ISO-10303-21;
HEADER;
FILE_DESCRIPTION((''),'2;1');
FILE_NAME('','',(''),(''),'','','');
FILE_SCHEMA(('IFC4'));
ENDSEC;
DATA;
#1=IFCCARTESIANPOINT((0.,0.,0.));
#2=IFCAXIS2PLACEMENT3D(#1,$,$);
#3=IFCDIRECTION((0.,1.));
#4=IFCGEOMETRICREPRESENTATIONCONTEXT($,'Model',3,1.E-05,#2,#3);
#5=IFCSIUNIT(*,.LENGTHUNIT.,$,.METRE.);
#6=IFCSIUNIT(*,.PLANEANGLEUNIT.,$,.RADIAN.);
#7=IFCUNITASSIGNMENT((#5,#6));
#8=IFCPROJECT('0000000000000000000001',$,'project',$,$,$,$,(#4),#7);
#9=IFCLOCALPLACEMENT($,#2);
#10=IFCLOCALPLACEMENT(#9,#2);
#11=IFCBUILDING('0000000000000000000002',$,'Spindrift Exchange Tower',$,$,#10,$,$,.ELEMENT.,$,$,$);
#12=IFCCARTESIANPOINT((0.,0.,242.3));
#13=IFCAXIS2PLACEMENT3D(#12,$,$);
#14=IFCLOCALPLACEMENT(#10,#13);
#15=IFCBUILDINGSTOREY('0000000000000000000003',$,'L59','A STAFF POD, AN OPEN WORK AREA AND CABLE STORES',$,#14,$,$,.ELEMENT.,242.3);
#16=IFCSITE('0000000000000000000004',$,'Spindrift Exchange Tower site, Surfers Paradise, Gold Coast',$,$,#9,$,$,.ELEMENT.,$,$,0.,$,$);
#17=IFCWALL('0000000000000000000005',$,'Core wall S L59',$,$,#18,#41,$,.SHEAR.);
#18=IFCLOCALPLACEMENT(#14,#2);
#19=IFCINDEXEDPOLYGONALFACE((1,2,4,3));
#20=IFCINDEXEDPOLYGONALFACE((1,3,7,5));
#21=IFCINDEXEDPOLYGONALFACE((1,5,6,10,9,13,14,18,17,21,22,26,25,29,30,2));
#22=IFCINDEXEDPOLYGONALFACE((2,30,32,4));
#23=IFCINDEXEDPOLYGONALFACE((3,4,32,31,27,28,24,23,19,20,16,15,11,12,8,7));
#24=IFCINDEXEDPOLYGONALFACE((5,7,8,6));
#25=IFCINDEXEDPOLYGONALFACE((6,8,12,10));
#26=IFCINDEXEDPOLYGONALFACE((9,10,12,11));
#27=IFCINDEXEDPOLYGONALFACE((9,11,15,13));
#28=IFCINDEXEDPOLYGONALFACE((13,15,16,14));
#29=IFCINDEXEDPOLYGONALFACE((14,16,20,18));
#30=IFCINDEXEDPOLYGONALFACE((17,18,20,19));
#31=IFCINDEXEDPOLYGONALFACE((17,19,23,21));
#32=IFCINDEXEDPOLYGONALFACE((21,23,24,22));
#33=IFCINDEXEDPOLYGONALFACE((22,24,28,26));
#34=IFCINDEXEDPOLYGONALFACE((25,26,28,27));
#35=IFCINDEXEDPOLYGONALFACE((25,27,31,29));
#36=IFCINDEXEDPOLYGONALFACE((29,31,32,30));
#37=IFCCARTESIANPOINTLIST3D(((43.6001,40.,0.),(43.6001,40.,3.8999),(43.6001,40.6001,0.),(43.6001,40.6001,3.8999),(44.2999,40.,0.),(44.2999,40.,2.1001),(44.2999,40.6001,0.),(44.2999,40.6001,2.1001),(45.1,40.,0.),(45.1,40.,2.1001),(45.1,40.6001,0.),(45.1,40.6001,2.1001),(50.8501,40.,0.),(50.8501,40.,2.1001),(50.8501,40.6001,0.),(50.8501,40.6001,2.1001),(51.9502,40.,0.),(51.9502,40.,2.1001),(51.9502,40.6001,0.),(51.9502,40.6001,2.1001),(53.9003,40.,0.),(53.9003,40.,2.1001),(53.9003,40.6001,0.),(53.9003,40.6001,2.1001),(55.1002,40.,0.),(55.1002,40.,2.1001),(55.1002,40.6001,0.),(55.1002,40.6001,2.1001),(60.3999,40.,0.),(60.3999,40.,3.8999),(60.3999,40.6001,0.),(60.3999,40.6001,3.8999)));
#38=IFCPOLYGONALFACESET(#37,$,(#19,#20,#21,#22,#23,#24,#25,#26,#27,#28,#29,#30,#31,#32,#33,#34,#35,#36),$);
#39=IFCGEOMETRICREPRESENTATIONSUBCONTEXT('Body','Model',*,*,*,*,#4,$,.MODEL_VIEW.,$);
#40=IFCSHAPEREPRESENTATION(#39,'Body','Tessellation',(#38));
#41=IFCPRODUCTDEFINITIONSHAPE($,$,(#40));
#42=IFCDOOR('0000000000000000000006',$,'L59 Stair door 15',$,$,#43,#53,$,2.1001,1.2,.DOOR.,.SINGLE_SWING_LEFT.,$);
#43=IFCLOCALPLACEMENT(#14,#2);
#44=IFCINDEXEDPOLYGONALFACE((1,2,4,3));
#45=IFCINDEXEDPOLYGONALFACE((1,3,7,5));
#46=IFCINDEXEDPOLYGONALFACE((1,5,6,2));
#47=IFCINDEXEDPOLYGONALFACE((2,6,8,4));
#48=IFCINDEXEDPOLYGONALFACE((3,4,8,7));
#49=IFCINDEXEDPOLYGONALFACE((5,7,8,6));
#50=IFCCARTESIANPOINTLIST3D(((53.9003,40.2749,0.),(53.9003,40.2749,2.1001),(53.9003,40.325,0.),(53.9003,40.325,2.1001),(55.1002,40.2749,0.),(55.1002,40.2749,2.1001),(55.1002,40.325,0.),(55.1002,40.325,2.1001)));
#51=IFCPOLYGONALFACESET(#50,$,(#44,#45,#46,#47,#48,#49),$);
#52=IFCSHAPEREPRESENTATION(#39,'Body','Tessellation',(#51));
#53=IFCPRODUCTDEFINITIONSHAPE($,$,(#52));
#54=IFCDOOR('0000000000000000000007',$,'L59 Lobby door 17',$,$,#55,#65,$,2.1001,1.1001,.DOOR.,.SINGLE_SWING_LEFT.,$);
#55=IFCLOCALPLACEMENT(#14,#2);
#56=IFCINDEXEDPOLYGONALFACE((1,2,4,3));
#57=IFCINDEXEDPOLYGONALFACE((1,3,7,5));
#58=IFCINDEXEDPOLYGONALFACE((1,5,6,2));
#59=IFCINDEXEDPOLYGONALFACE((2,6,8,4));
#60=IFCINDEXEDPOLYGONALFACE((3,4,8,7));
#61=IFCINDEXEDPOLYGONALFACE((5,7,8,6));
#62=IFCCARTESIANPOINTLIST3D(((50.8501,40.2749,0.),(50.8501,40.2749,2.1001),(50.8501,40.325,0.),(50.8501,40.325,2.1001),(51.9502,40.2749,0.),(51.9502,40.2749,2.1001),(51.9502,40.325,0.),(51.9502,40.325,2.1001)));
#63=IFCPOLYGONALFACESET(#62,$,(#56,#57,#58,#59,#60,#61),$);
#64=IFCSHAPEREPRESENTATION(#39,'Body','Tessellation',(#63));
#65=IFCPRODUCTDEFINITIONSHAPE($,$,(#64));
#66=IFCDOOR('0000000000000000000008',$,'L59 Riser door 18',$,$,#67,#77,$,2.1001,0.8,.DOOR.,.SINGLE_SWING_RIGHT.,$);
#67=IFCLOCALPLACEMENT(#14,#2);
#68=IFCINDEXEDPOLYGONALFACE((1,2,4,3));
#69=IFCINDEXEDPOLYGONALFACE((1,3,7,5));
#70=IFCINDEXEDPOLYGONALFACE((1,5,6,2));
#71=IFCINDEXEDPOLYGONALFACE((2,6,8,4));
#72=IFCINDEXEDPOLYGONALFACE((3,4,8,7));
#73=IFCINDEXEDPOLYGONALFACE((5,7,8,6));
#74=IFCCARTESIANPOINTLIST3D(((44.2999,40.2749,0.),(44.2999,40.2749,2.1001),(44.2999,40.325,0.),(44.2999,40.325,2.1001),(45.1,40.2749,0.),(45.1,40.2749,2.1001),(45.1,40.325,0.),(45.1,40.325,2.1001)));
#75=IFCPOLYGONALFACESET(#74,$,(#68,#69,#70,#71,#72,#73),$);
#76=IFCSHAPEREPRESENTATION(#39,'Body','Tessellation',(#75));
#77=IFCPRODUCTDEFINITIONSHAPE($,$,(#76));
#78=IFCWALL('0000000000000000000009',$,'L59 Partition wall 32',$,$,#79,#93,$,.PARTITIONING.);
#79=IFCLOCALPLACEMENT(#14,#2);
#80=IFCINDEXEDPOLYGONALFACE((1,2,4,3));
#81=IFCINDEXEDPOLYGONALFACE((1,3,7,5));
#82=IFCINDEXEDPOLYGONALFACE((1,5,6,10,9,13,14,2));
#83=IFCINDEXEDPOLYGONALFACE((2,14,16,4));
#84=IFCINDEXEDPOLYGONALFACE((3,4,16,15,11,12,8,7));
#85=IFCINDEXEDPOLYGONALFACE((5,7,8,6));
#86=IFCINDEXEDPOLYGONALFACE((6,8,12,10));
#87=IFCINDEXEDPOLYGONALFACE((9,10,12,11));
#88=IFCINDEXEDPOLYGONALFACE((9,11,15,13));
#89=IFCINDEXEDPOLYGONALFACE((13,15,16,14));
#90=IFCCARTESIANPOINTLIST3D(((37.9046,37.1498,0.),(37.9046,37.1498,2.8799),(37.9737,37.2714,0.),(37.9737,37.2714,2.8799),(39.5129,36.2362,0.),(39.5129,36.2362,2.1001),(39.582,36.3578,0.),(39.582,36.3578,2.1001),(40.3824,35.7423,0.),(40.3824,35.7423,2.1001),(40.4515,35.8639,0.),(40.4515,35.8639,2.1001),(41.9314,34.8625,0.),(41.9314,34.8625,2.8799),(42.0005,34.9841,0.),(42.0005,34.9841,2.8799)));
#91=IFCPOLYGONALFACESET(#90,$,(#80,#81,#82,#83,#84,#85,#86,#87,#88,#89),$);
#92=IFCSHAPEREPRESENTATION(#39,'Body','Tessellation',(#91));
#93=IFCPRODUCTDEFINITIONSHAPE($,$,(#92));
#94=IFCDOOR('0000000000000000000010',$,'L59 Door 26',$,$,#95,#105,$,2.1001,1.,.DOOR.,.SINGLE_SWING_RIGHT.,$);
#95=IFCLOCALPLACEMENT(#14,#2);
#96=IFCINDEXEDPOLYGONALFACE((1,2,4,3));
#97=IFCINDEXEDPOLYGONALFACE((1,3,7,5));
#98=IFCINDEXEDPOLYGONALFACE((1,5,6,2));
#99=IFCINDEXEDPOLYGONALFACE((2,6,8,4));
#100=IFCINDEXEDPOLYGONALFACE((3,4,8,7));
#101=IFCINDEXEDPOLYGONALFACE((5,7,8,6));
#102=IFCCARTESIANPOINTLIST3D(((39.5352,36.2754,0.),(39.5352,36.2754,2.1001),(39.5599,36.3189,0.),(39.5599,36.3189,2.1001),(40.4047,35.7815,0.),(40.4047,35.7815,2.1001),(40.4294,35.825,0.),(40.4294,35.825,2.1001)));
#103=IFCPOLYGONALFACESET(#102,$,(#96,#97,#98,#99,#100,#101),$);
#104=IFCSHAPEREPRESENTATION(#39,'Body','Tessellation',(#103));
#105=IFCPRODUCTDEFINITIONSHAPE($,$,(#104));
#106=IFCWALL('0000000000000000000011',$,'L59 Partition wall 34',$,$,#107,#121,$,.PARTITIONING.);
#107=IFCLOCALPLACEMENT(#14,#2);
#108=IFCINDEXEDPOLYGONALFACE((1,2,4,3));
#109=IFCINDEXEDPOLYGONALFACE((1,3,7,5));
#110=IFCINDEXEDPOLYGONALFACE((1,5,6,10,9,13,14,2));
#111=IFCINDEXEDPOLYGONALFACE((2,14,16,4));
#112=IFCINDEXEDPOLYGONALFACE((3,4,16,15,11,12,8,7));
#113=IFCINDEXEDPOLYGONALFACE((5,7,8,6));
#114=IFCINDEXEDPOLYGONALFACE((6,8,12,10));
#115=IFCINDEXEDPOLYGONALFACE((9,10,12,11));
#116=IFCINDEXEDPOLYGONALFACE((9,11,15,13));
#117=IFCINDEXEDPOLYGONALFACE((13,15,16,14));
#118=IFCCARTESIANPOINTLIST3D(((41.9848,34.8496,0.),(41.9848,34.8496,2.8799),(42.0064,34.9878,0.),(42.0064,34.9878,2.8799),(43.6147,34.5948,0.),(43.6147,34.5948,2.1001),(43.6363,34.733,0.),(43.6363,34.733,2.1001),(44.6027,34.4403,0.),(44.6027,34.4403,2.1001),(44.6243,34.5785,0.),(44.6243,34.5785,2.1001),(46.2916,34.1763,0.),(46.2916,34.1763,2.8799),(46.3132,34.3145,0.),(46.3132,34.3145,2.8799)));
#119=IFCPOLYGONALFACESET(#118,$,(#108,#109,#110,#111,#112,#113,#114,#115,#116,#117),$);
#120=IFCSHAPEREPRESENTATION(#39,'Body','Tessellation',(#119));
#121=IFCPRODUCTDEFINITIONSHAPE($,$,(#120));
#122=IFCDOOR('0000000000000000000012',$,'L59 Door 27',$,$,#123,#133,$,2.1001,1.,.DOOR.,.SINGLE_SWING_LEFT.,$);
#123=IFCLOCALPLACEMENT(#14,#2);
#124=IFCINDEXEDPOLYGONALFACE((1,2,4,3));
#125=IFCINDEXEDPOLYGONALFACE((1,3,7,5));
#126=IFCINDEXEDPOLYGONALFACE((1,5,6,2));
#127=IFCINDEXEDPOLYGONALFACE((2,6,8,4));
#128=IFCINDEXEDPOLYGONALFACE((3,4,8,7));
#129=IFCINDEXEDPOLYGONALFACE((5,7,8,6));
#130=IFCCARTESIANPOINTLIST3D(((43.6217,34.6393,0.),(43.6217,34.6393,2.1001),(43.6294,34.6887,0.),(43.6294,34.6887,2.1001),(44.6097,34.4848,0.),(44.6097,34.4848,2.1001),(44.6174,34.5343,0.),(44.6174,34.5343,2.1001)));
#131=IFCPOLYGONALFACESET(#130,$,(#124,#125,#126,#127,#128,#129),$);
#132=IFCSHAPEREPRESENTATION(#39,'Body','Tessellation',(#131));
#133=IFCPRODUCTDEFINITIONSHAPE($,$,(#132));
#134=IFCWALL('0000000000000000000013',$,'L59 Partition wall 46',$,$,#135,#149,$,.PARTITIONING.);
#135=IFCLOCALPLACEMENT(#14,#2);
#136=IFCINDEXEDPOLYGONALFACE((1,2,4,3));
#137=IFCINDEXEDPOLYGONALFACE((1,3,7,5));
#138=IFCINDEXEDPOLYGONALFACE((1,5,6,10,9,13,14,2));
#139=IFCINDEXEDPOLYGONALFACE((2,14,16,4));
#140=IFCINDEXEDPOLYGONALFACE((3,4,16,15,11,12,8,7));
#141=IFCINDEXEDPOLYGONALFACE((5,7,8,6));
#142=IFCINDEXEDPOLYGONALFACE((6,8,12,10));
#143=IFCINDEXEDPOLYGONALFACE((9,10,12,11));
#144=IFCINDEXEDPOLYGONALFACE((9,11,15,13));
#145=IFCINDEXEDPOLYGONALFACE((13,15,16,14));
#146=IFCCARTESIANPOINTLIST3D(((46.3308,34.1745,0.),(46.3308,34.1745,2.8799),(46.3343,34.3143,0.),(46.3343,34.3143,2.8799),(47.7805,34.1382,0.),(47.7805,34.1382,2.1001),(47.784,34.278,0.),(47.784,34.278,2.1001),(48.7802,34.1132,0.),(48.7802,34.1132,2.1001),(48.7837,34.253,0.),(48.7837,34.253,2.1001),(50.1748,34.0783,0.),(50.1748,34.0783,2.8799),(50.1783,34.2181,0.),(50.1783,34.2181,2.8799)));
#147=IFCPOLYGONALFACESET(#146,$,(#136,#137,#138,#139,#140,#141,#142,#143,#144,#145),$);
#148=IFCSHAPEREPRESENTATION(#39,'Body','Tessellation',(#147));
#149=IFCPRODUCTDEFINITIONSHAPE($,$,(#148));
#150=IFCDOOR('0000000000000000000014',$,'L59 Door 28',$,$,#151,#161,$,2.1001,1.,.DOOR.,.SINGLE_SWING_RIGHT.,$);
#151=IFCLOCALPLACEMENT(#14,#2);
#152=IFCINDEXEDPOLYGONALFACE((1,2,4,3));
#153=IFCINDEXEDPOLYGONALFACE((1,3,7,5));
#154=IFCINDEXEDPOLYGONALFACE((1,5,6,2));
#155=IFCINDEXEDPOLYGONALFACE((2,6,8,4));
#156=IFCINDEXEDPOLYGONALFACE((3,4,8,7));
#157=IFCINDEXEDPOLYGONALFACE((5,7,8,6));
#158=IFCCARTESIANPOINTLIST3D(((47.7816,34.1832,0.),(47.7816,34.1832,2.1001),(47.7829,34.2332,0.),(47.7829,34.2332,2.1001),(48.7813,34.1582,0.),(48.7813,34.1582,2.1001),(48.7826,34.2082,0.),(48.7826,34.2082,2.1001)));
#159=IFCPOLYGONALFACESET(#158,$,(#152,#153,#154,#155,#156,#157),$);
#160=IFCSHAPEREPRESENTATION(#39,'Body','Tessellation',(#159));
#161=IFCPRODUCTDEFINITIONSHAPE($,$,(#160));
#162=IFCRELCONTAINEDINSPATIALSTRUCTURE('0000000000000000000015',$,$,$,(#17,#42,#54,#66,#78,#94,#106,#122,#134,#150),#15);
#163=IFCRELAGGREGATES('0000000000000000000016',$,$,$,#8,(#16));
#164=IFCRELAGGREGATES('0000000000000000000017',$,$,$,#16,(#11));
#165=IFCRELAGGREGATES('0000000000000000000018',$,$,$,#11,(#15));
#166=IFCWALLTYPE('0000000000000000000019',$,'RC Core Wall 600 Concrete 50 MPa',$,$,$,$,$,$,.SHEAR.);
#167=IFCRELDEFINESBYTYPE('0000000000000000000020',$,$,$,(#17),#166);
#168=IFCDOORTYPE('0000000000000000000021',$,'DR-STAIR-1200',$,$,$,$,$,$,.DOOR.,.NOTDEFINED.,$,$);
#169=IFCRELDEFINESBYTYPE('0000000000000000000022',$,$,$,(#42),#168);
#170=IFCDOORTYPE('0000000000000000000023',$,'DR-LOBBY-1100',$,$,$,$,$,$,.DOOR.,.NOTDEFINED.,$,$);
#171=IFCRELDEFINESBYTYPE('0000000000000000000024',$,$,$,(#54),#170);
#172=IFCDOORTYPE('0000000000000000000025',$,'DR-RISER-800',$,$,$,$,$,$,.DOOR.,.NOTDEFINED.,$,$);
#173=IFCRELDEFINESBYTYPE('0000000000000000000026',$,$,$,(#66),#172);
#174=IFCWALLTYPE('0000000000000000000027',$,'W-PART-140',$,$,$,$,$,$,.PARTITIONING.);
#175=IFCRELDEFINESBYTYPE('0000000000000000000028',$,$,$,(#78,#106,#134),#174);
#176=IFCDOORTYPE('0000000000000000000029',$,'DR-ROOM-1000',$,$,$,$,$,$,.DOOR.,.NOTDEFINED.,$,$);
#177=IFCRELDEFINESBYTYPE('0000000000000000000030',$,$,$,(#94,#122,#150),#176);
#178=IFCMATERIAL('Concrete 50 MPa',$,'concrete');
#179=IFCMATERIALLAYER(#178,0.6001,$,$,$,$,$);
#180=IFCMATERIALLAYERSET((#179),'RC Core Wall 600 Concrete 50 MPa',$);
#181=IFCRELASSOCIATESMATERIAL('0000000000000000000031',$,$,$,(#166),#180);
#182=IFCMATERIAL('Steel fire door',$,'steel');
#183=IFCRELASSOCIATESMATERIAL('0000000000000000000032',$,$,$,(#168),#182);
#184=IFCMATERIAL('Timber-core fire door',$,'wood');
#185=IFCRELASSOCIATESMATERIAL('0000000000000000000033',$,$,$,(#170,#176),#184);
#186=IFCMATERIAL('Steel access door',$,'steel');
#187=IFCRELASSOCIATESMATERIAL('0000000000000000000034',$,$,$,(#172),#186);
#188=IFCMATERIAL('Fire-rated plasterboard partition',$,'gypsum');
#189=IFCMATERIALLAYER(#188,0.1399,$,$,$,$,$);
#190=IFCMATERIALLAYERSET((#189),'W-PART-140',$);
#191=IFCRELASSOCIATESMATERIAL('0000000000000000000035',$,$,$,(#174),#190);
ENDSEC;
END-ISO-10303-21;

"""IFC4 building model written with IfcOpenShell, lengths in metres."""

from ifc_helpers import new_model, si_unit, direction, frame, frame_2d, origin, place, context, subcontext, project, spatial, rectangle, extrude, source, transform, mapped, material, layer, layer_set, type_object, element, fill, save


model = new_model("IFC4")

# Units and contexts
model_context = context("Model", 3, precision=1e-05, world=origin(), true_north=direction((0.0, 1.0)))
body_context = subcontext(model_context, "Body", "Model", "MODEL_VIEW")
ifc_project = project(units=[si_unit("LENGTHUNIT", "METRE"), si_unit("PLANEANGLEUNIT", "RADIAN")], contexts=[model_context])

# Site, building, storey
site_placement = place(None, origin())
site = spatial("IfcSite", under=ifc_project, at=site_placement, Name="Spindrift Exchange Tower site, Surfers Paradise, Gold Coast", CompositionType="ELEMENT", RefElevation=0.0)
building_placement = place(site_placement, origin())
building = spatial("IfcBuilding", under=site, at=building_placement, Name="Spindrift Exchange Tower", CompositionType="ELEMENT")
storey_placement = place(building_placement, frame((0.0, 0.0, 242.3)))
storey = spatial("IfcBuildingStorey", under=building, at=storey_placement, Name="L59", Description="A STAFF POD, AN OPEN WORK AREA AND CABLE STORES", CompositionType="ELEMENT", Elevation=242.3)

# Wall, openings, doors
ifc_material_1 = material(Name="Concrete 50 MPa", Category="concrete")
ifc_layer_1 = layer(ifc_material_1, 0.6001)
ifc_layer_set_1 = layer_set([ifc_layer_1], Name="RC Core Wall 600 Concrete 50 MPa")
wall_type_1 = type_object("IfcWallType", Name="RC Core Wall 600 Concrete 50 MPa", PredefinedType="SHEAR", material=ifc_layer_set_1)
wall_1_placement = place(storey_placement, frame((43.6001, 40.3, 0.0), z_axis=(0.0, 0.0, 1.0), x_axis=(1.0, 0.0, 0.0)))
wall_1 = element("IfcWall", 1, at=wall_1_placement, inside=storey, type_object=wall_type_1, Name="Core wall S L59", PredefinedType="SHEAR", context=body_context, shape_type="SweptSolid", body=[
    extrude(rectangle(XDim=16.7998, YDim=0.6001, at=frame_2d((8.3999, 0.0))), origin(), (0.0, 0.0, 1.0), 3.8999),
])
opening_1_placement = place(wall_1_placement, frame((10.3, 0.0, 0.0)))
opening_1 = element("IfcOpeningElement", 2, at=opening_1_placement, cuts=wall_1, PredefinedType="OPENING", context=body_context, shape_type="SweptSolid", body=[
    extrude(rectangle(XDim=1.2, YDim=2.1001, at=frame_2d((0.6001, 1.05))), frame((0.0, 0.3101, 0.0), z_axis=(0.0, -1.0, 0.0), x_axis=(1.0, 0.0, 0.0)), (0.0, 0.0, 1.0), 0.6201),
])
opening_2_placement = place(wall_1_placement, frame((7.25, 0.0, 0.0)))
opening_2 = element("IfcOpeningElement", 3, at=opening_2_placement, cuts=wall_1, PredefinedType="OPENING", context=body_context, shape_type="SweptSolid", body=[
    extrude(rectangle(XDim=1.1001, YDim=2.1001, at=frame_2d((0.55, 1.05))), frame((0.0, 0.3101, 0.0), z_axis=(0.0, -1.0, 0.0), x_axis=(1.0, 0.0, 0.0)), (0.0, 0.0, 1.0), 0.6201),
])
opening_3_placement = place(wall_1_placement, frame((0.7, 0.0, 0.0)))
opening_3 = element("IfcOpeningElement", 4, at=opening_3_placement, cuts=wall_1, PredefinedType="OPENING", context=body_context, shape_type="SweptSolid", body=[
    extrude(rectangle(XDim=0.8, YDim=2.1001, at=frame_2d((0.3999, 1.05))), frame((0.0, 0.3101, 0.0), z_axis=(0.0, -1.0, 0.0), x_axis=(1.0, 0.0, 0.0)), (0.0, 0.0, 1.0), 0.6201),
])
ifc_material_2 = material(Name="Steel fire door", Category="steel")
door_type_1 = type_object("IfcDoorType", Name="DR-STAIR-1200", OperationType="NOTDEFINED", PredefinedType="DOOR", material=ifc_material_2)
shared_shape_1 = source(origin(), body_context, "Body", "SweptSolid", [
    extrude(rectangle(XDim=1.2, YDim=2.1001, at=frame_2d((0.6001, 1.05))), frame((0.0, 0.0249, 0.0), z_axis=(0.0, -1.0, 0.0), x_axis=(1.0, 0.0, 0.0)), (0.0, 0.0, 1.0), 0.05),
])
door_1_placement = place(opening_1_placement, origin())
door_1 = element("IfcDoor", 5, at=door_1_placement, inside=storey, type_object=door_type_1, Name="L59 Stair door 15", OperationType="SINGLE_SWING_LEFT", OverallHeight=2.1001, OverallWidth=1.2, PredefinedType="DOOR", context=body_context, shape_type="MappedRepresentation", body=[
    mapped(shared_shape_1, transform((0.0, 0.0, 0.0), scale=1.0)),
])
fill(opening_1, door_1)
ifc_material_3 = material(Name="Timber-core fire door", Category="wood")
door_type_2 = type_object("IfcDoorType", Name="DR-LOBBY-1100", OperationType="NOTDEFINED", PredefinedType="DOOR", material=ifc_material_3)
shared_shape_2 = source(origin(), body_context, "Body", "SweptSolid", [
    extrude(rectangle(XDim=1.1001, YDim=2.1001, at=frame_2d((0.55, 1.05))), frame((0.0, 0.0249, 0.0), z_axis=(0.0, -1.0, 0.0), x_axis=(1.0, 0.0, 0.0)), (0.0, 0.0, 1.0), 0.05),
])
door_2_placement = place(opening_2_placement, origin())
door_2 = element("IfcDoor", 6, at=door_2_placement, inside=storey, type_object=door_type_2, Name="L59 Lobby door 17", OperationType="SINGLE_SWING_LEFT", OverallHeight=2.1001, OverallWidth=1.1001, PredefinedType="DOOR", context=body_context, shape_type="MappedRepresentation", body=[
    mapped(shared_shape_2, transform((0.0, 0.0, 0.0), scale=1.0)),
])
fill(opening_2, door_2)
ifc_material_4 = material(Name="Steel access door", Category="steel")
door_type_3 = type_object("IfcDoorType", Name="DR-RISER-800", OperationType="NOTDEFINED", PredefinedType="DOOR", material=ifc_material_4)
shared_shape_3 = source(origin(), body_context, "Body", "SweptSolid", [
    extrude(rectangle(XDim=0.8, YDim=2.1001, at=frame_2d((0.3999, 1.05))), frame((0.0, 0.0249, 0.0), z_axis=(0.0, -1.0, 0.0), x_axis=(1.0, 0.0, 0.0)), (0.0, 0.0, 1.0), 0.05),
])
door_3_placement = place(opening_3_placement, origin())
door_3 = element("IfcDoor", 7, at=door_3_placement, inside=storey, type_object=door_type_3, Name="L59 Riser door 18", OperationType="SINGLE_SWING_RIGHT", OverallHeight=2.1001, OverallWidth=0.8, PredefinedType="DOOR", context=body_context, shape_type="MappedRepresentation", body=[
    mapped(shared_shape_3, transform((0.0, 0.0, 0.0), scale=1.0)),
])
fill(opening_3, door_3)

# Walls, openings, doors
ifc_material_5 = material(Name="Fire-rated plasterboard partition", Category="gypsum")
ifc_layer_2 = layer(ifc_material_5, 0.1399)
ifc_layer_set_2 = layer_set([ifc_layer_2], Name="W-PART-140")
wall_type_2 = type_object("IfcWallType", Name="W-PART-140", PredefinedType="PARTITIONING", material=ifc_layer_set_2)
wall_2_placement = place(storey_placement, frame((41.9658, 34.9233, 0.0), z_axis=(0.0, 0.0, 1.0), x_axis=(-0.869515, 0.493906, 0.0)))
wall_2 = element("IfcWall", 8, at=wall_2_placement, inside=storey, type_object=wall_type_2, Name="L59 Partition wall 32", PredefinedType="PARTITIONING", context=body_context, shape_type="SweptSolid", body=[
    extrude(rectangle(XDim=4.6311, YDim=0.1399, at=frame_2d((2.3154, 0.0))), origin(), (0.0, 0.0, 1.0), 2.8799),
])
opening_4_placement = place(wall_2_placement, frame((1.7812, 0.0, 0.0)))
opening_4 = element("IfcOpeningElement", 9, at=opening_4_placement, cuts=wall_2, PredefinedType="OPENING", context=body_context, shape_type="SweptSolid", body=[
    extrude(rectangle(XDim=1.0, YDim=2.1001, at=frame_2d((0.5, 1.05))), frame((0.0, 0.0798, 0.0), z_axis=(0.0, -1.0, 0.0), x_axis=(1.0, 0.0, 0.0)), (0.0, 0.0, 1.0), 0.1599),
])
door_type_4 = type_object("IfcDoorType", Name="DR-ROOM-1000", OperationType="NOTDEFINED", PredefinedType="DOOR", material=ifc_material_3)
shared_shape_4 = source(origin(), body_context, "Body", "SweptSolid", [
    extrude(rectangle(XDim=1.0, YDim=2.1001, at=frame_2d((0.5, 1.05))), frame((0.0, 0.0249, 0.0), z_axis=(0.0, -1.0, 0.0), x_axis=(1.0, 0.0, 0.0)), (0.0, 0.0, 1.0), 0.05),
])
door_4_placement = place(opening_4_placement, origin())
door_4 = element("IfcDoor", 10, at=door_4_placement, inside=storey, type_object=door_type_4, Name="L59 Door 26", OperationType="SINGLE_SWING_RIGHT", OverallHeight=2.1001, OverallWidth=1.0, PredefinedType="DOOR", context=body_context, shape_type="MappedRepresentation", body=[
    mapped(shared_shape_4, transform((0.0, 0.0, 0.0), scale=1.0)),
])
fill(opening_4, door_4)
wall_3_placement = place(storey_placement, frame((46.3025, 34.2454, 0.0), z_axis=(0.0, 0.0, 1.0), x_axis=(-0.987998, 0.154464, 0.0)))
wall_3 = element("IfcWall", 11, at=wall_3_placement, inside=storey, type_object=wall_type_2, Name="L59 Partition wall 34", PredefinedType="PARTITIONING", context=body_context, shape_type="SweptSolid", body=[
    extrude(rectangle(XDim=4.3591, YDim=0.1399, at=frame_2d((2.1797, 0.0))), origin(), (0.0, 0.0, 1.0), 2.8799),
])
opening_5_placement = place(wall_3_placement, frame((1.7095, 0.0, 0.0)))
opening_5 = element("IfcOpeningElement", 12, at=opening_5_placement, cuts=wall_3, PredefinedType="OPENING", context=body_context, shape_type="SweptSolid", body=[
    extrude(rectangle(XDim=1.0, YDim=2.1001, at=frame_2d((0.5, 1.05))), frame((0.0, 0.0798, 0.0), z_axis=(0.0, -1.0, 0.0), x_axis=(1.0, 0.0, 0.0)), (0.0, 0.0, 1.0), 0.1599),
])
door_5_placement = place(opening_5_placement, origin())
door_5 = element("IfcDoor", 13, at=door_5_placement, inside=storey, type_object=door_type_4, Name="L59 Door 27", OperationType="SINGLE_SWING_LEFT", OverallHeight=2.1001, OverallWidth=1.0, PredefinedType="DOOR", context=body_context, shape_type="MappedRepresentation", body=[
    mapped(shared_shape_4, transform((0.0, 0.0, 0.0), scale=1.0)),
])
fill(opening_5, door_5)
wall_4_placement = place(storey_placement, frame((50.1765, 34.1482, 0.0), z_axis=(0.0, 0.0, 1.0), x_axis=(-0.999687, 0.025016, 0.0)))
wall_4 = element("IfcWall", 14, at=wall_4_placement, inside=storey, type_object=wall_type_2, Name="L59 Partition wall 46", PredefinedType="PARTITIONING", context=body_context, shape_type="SweptSolid", body=[
    extrude(rectangle(XDim=3.8452, YDim=0.1399, at=frame_2d((1.9226, 0.0))), origin(), (0.0, 0.0, 1.0), 2.8799),
])
opening_6_placement = place(wall_4_placement, frame((1.395, 0.0, 0.0)))
opening_6 = element("IfcOpeningElement", 15, at=opening_6_placement, cuts=wall_4, PredefinedType="OPENING", context=body_context, shape_type="SweptSolid", body=[
    extrude(rectangle(XDim=1.0, YDim=2.1001, at=frame_2d((0.5, 1.05))), frame((0.0, 0.0798, 0.0), z_axis=(0.0, -1.0, 0.0), x_axis=(1.0, 0.0, 0.0)), (0.0, 0.0, 1.0), 0.1599),
])
door_6_placement = place(opening_6_placement, origin())
door_6 = element("IfcDoor", 16, at=door_6_placement, inside=storey, type_object=door_type_4, Name="L59 Door 28", OperationType="SINGLE_SWING_RIGHT", OverallHeight=2.1001, OverallWidth=1.0, PredefinedType="DOOR", context=body_context, shape_type="MappedRepresentation", body=[
    mapped(shared_shape_4, transform((0.0, 0.0, 0.0), scale=1.0)),
])
fill(opening_6, door_6)

save(model, "model.ifc")
